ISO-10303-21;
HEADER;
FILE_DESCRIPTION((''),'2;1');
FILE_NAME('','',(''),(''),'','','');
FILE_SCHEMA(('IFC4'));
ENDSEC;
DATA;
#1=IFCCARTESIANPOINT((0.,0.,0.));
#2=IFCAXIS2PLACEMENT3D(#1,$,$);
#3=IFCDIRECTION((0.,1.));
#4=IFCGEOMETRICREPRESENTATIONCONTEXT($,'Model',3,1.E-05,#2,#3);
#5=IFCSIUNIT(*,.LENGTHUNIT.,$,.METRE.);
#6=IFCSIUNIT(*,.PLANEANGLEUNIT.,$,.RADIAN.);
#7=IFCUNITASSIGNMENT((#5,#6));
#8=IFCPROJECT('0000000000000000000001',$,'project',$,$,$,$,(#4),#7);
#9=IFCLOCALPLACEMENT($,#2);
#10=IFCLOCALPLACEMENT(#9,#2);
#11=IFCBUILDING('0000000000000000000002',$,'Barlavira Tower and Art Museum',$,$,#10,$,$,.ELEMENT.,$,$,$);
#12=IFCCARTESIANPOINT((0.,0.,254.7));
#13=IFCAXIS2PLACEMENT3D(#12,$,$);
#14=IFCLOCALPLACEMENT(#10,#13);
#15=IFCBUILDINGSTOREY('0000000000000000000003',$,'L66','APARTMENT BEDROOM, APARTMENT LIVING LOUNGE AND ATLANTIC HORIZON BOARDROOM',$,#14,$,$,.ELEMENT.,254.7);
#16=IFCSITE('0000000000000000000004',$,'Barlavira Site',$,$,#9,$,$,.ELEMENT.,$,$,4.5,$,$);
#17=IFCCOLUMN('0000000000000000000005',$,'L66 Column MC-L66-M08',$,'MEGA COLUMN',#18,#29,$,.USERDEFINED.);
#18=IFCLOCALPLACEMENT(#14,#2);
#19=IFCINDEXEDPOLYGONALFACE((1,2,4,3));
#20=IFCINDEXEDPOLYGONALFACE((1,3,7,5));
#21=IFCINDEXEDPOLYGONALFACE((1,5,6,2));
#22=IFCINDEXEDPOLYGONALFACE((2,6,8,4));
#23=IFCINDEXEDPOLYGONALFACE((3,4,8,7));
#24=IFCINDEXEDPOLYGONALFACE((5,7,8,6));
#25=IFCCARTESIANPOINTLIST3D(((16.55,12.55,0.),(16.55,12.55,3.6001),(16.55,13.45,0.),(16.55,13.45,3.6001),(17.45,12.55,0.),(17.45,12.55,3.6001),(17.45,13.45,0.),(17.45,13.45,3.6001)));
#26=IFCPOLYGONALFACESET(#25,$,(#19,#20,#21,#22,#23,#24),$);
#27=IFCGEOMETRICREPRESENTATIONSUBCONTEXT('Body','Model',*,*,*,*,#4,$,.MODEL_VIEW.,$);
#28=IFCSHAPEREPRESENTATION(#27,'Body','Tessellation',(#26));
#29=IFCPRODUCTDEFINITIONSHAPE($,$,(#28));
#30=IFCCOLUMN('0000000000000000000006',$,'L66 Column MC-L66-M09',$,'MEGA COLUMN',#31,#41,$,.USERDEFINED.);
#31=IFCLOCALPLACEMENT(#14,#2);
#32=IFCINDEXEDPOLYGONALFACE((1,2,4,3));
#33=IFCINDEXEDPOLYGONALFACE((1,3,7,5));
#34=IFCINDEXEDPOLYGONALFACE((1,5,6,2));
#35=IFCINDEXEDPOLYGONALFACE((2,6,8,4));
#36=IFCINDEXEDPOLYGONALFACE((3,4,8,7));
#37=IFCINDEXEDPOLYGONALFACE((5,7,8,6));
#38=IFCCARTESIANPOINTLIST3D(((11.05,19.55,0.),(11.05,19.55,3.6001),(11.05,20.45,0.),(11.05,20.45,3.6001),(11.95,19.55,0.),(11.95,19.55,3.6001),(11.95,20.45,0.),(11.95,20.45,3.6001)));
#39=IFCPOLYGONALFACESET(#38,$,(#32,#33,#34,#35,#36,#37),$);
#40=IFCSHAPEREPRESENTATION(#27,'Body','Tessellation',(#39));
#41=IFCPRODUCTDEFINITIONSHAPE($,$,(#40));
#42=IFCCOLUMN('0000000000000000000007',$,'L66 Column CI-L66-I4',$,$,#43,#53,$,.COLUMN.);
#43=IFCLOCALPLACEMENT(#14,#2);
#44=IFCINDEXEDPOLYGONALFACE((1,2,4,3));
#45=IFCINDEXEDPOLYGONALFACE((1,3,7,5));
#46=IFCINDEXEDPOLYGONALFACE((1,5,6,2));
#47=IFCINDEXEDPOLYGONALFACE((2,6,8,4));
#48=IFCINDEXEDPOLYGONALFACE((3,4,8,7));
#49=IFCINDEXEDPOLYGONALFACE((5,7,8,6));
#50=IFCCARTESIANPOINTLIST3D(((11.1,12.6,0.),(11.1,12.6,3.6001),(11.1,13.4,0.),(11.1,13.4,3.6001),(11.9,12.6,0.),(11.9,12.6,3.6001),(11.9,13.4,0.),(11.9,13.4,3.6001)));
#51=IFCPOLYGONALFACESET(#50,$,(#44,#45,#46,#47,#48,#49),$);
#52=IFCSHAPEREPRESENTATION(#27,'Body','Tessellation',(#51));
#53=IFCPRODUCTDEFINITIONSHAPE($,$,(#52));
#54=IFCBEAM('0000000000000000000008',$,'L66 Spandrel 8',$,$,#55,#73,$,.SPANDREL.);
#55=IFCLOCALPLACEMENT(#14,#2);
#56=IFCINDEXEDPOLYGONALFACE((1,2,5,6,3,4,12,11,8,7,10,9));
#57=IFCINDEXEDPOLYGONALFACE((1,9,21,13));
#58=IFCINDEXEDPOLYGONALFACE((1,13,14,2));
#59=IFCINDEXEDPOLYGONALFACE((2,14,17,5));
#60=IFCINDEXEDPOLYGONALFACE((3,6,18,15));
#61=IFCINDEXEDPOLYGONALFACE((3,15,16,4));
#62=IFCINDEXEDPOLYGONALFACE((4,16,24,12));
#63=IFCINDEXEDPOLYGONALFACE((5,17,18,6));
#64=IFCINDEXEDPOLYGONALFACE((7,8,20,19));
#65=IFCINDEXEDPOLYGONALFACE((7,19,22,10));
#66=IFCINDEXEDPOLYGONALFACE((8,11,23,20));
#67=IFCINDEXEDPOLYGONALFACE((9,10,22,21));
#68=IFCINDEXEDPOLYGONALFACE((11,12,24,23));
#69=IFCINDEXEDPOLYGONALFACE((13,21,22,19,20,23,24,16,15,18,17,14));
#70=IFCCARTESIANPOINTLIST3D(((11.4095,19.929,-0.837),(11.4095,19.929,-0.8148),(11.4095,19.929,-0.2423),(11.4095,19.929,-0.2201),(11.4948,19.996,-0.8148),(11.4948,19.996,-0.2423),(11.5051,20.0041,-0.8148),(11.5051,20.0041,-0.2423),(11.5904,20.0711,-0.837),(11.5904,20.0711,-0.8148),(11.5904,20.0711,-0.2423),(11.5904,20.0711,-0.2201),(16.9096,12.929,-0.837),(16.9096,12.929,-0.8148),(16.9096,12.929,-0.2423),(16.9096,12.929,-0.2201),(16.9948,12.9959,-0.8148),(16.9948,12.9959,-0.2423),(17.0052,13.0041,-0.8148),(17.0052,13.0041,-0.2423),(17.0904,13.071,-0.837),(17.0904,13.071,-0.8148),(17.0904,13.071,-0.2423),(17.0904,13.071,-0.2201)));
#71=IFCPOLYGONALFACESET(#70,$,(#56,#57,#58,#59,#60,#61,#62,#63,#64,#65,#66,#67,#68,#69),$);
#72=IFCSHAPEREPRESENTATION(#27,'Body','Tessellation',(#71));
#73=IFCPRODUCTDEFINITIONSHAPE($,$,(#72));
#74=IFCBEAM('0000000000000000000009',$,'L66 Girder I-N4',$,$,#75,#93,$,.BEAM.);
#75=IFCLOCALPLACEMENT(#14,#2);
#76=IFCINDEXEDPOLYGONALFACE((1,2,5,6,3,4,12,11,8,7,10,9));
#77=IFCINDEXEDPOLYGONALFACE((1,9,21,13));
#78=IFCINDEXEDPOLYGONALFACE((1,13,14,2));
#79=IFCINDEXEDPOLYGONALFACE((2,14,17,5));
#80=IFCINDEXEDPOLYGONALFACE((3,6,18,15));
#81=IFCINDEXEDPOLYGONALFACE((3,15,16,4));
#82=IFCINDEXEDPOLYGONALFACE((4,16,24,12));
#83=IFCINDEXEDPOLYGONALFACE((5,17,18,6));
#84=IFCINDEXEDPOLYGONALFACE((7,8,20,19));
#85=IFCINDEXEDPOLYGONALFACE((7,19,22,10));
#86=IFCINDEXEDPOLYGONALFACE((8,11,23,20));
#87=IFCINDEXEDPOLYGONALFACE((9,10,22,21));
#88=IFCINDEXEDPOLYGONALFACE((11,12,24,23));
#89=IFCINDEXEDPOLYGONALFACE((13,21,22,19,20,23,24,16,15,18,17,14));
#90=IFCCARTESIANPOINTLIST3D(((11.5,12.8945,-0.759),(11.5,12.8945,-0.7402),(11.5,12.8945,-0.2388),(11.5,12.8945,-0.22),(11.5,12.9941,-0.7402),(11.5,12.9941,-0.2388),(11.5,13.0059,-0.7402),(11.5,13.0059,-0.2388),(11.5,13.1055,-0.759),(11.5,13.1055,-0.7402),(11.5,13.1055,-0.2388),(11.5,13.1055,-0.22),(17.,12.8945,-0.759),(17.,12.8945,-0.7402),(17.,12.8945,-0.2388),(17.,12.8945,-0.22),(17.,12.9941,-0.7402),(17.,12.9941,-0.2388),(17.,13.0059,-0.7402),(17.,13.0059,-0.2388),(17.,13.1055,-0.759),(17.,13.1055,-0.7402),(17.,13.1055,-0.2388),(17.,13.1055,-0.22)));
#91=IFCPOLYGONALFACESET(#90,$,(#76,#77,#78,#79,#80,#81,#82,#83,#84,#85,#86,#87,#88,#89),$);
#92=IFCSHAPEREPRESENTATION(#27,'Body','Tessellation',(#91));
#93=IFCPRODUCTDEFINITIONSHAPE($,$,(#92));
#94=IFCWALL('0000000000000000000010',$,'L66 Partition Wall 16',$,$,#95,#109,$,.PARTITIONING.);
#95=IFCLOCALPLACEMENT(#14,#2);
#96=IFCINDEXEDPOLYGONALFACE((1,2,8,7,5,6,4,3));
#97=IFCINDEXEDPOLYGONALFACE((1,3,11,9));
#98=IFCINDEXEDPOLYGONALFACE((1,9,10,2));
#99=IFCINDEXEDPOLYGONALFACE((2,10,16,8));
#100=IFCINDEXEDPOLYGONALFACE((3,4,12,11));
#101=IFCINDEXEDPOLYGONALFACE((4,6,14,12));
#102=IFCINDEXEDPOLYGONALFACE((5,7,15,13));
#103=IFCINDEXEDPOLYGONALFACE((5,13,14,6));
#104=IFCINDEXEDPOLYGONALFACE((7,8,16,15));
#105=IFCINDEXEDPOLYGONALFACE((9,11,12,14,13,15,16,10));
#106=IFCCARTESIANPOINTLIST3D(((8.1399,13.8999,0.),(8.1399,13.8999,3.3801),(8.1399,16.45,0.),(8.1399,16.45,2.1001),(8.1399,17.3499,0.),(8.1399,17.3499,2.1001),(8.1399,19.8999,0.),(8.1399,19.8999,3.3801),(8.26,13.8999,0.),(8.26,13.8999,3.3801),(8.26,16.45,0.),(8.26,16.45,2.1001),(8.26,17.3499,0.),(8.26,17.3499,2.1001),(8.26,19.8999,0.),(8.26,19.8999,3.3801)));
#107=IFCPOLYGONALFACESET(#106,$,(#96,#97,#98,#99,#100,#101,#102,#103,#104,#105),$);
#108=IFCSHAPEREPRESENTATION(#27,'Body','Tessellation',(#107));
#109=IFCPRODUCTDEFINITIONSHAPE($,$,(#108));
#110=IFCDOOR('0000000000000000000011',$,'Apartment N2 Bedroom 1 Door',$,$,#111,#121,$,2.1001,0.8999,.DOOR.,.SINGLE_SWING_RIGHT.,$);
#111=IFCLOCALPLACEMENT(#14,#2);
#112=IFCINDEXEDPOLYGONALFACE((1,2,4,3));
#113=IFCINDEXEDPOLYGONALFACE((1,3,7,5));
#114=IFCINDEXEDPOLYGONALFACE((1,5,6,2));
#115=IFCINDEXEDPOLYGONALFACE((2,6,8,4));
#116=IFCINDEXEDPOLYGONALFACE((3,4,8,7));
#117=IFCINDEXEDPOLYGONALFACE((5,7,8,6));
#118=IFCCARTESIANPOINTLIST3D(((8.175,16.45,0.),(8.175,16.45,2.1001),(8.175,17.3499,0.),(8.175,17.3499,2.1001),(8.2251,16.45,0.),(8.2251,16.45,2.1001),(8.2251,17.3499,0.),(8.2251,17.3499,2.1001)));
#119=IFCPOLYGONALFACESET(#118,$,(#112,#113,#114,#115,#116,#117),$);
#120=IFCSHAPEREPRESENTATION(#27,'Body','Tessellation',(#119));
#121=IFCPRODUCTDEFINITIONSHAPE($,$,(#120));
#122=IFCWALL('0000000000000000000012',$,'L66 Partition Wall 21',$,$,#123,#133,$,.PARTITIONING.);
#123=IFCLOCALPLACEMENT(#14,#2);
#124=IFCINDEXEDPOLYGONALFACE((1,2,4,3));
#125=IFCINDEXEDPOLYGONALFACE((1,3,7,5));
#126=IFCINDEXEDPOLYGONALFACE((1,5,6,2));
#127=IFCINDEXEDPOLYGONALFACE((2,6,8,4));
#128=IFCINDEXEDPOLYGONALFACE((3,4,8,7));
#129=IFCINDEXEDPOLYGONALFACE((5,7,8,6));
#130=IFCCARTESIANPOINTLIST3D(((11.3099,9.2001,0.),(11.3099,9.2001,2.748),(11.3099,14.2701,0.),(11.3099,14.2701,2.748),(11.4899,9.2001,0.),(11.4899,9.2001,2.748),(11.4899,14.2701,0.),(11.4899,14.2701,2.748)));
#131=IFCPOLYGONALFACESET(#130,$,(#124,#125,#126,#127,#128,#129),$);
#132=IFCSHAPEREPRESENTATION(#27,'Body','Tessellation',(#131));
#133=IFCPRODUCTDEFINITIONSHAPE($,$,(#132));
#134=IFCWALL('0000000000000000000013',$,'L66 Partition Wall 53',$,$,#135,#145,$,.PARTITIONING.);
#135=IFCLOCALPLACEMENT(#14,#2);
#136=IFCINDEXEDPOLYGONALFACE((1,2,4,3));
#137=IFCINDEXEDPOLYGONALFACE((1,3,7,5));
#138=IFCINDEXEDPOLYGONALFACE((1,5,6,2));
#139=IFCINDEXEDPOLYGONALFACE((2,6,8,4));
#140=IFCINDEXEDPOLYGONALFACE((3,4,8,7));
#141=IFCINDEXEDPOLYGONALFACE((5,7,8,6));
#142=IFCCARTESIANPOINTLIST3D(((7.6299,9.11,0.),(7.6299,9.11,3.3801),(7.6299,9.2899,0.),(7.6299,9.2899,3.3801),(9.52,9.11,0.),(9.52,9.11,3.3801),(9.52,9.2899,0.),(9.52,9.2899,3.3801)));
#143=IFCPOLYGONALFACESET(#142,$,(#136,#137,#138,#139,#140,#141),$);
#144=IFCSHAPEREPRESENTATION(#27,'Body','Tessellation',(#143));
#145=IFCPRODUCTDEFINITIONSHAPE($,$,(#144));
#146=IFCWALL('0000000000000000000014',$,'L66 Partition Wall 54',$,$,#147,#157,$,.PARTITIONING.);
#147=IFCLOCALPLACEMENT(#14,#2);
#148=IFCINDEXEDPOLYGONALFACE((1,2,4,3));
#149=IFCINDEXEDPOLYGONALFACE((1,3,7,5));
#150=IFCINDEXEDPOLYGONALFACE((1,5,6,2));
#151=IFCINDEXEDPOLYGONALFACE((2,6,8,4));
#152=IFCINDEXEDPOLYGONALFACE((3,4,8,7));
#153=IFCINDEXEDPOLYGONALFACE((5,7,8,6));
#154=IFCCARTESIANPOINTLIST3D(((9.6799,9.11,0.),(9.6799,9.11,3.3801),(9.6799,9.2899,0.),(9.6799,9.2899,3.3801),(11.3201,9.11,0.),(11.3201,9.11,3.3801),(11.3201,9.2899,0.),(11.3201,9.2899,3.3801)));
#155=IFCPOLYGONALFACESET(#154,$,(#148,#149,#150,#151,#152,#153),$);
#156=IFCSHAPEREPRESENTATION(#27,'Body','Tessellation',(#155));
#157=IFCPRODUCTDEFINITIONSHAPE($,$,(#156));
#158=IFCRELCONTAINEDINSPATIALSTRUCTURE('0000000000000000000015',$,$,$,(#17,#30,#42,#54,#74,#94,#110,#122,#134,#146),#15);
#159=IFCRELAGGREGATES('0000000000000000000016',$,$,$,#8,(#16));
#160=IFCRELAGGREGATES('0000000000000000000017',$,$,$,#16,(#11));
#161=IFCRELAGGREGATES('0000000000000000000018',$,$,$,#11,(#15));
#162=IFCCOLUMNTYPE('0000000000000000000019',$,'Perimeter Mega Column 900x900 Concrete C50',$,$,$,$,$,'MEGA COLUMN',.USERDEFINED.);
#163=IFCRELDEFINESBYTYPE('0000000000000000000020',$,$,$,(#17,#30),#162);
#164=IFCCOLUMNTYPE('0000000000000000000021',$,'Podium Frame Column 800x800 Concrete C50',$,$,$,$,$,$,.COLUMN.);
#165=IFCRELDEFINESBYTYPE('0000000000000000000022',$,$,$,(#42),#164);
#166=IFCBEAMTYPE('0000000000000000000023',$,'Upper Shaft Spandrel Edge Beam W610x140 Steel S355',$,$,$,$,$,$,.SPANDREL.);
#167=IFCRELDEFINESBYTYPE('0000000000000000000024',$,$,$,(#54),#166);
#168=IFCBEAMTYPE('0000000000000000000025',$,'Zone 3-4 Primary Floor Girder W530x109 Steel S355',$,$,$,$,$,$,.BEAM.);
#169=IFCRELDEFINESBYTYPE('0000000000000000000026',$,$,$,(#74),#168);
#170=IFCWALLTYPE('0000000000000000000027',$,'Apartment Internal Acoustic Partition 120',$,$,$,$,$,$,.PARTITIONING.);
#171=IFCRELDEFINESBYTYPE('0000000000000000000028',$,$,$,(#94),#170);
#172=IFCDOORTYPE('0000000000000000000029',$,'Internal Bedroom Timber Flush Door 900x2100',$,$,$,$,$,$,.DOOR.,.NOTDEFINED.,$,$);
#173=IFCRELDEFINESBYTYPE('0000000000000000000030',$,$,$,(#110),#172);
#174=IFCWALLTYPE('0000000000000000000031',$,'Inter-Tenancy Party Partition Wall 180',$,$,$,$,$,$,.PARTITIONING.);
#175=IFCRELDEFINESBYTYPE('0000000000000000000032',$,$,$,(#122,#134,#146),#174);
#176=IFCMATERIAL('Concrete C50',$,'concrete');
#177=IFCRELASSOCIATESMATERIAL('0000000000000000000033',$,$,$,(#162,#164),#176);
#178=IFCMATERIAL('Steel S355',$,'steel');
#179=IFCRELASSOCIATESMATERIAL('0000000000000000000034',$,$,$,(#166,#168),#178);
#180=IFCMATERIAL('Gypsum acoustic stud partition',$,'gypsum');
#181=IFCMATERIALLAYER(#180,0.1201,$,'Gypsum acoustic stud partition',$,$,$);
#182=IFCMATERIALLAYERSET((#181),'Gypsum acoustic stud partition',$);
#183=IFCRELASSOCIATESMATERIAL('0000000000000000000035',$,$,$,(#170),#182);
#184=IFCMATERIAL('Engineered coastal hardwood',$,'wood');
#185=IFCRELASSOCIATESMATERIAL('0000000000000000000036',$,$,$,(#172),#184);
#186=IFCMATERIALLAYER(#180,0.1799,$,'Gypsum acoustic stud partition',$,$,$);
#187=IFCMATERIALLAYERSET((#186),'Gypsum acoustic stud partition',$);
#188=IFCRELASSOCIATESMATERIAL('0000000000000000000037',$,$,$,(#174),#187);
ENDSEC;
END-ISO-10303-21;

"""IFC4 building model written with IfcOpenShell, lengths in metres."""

from ifc_helpers import new_model, si_unit, direction, frame, frame_2d, origin, origin_2d, place, context, subcontext, project, spatial, rectangle, i_section, extrude, material, layer, layer_set, material_profile, profile_set, type_object, element, fill, save


model = new_model("IFC4")

# Units and contexts
model_context = context("Model", 3, precision=1e-05, world=origin(), true_north=direction((0.0, 1.0)))
body_context = subcontext(model_context, "Body", "Model", "MODEL_VIEW")
ifc_project = project(units=[si_unit("LENGTHUNIT", "METRE"), si_unit("PLANEANGLEUNIT", "RADIAN")], contexts=[model_context])

# Site, building, storey
site_placement = place(None, origin())
site = spatial("IfcSite", under=ifc_project, at=site_placement, Name="Barlavira Site", CompositionType="ELEMENT", RefElevation=4.5)
building_placement = place(site_placement, origin())
building = spatial("IfcBuilding", under=site, at=building_placement, Name="Barlavira Tower and Art Museum", CompositionType="ELEMENT")
storey_placement = place(building_placement, frame((0.0, 0.0, 254.7)))
storey = spatial("IfcBuildingStorey", under=building, at=storey_placement, Name="L66", Description="APARTMENT BEDROOM, APARTMENT LIVING LOUNGE AND ATLANTIC HORIZON BOARDROOM", CompositionType="ELEMENT", Elevation=254.7)

# Columns
ifc_material_1 = material(Name="Concrete C50", Category="concrete")
ifc_material_profile_1 = material_profile(ifc_material_1, rectangle(XDim=0.8999, YDim=0.8999, at=origin_2d()), Name="RC-COL 900x900")
ifc_profile_set_1 = profile_set([ifc_material_profile_1], Name="Concrete C50")
column_type_1 = type_object("IfcColumnType", Name="Perimeter Mega Column 900x900 Concrete C50", ElementType="MEGA COLUMN", PredefinedType="USERDEFINED", material=ifc_profile_set_1)
for number, where, z_axis, x_axis, name in (
    (1, (17.0, 13.0, 0.0), (0.0, 0.0, 1.0), (1.0, 0.0, 0.0), "L66 Column MC-L66-M08"),
    (2, (11.5, 20.0, 0.0), (0.0, 0.0, 1.0), (1.0, 0.0, 0.0), "L66 Column MC-L66-M09"),
):
    element("IfcColumn", number, at=place(storey_placement, frame(where, z_axis=z_axis, x_axis=x_axis)), inside=storey, type_object=column_type_1, Name=name, ObjectType="MEGA COLUMN", PredefinedType="USERDEFINED", context=body_context, shape_type="SweptSolid", body=[
        extrude(rectangle(XDim=0.8999, YDim=0.8999, at=origin_2d()), origin(), (0.0, 0.0, 1.0), 3.6001),
    ])
ifc_material_profile_2 = material_profile(ifc_material_1, rectangle(XDim=0.8, YDim=0.8, at=origin_2d()), Name="RC-COL 800x800")
ifc_profile_set_2 = profile_set([ifc_material_profile_2], Name="Concrete C50")
column_type_2 = type_object("IfcColumnType", Name="Podium Frame Column 800x800 Concrete C50", PredefinedType="COLUMN", material=ifc_profile_set_2)
column_placement = place(storey_placement, frame((11.5, 13.0, 0.0), z_axis=(0.0, 0.0, 1.0), x_axis=(1.0, 0.0, 0.0)))
element("IfcColumn", 3, at=column_placement, inside=storey, type_object=column_type_2, Name="L66 Column CI-L66-I4", PredefinedType="COLUMN", context=body_context, shape_type="SweptSolid", body=[
    extrude(rectangle(XDim=0.8, YDim=0.8, at=origin_2d()), origin(), (0.0, 0.0, 1.0), 3.6001),
])

# Beams
ifc_material_2 = material(Name="Steel S355", Category="steel")
ifc_material_profile_3 = material_profile(ifc_material_2, i_section(OverallWidth=0.23, OverallDepth=0.6169, WebThickness=0.0132, FlangeThickness=0.0222, at=origin_2d()), Name="W610x140.0")
ifc_profile_set_3 = profile_set([ifc_material_profile_3], Name="Steel S355")
beam_type_1 = type_object("IfcBeamType", Name="Upper Shaft Spandrel Edge Beam W610x140 Steel S355", PredefinedType="SPANDREL", material=ifc_profile_set_3)
beam_1_placement = place(storey_placement, frame((17.0, 13.0, -0.5286), z_axis=(-0.617822, 0.786318, 0.0), x_axis=(-0.786318, -0.617822, 0.0)))
element("IfcBeam", 4, at=beam_1_placement, inside=storey, type_object=beam_type_1, Name="L66 Spandrel 8", PredefinedType="SPANDREL", context=body_context, shape_type="SweptSolid", body=[
    extrude(i_section(OverallWidth=0.23, OverallDepth=0.6169, WebThickness=0.0132, FlangeThickness=0.0222, at=origin_2d()), origin(), (0.0, 0.0, 1.0), 8.9023),
])
ifc_material_profile_4 = material_profile(ifc_material_2, i_section(OverallWidth=0.2109, OverallDepth=0.5391, WebThickness=0.0117, FlangeThickness=0.0188, at=origin_2d()), Name="W530x109.0")
ifc_profile_set_4 = profile_set([ifc_material_profile_4], Name="Steel S355")
beam_type_2 = type_object("IfcBeamType", Name="Zone 3-4 Primary Floor Girder W530x109 Steel S355", PredefinedType="BEAM", material=ifc_profile_set_4)
beam_2_placement = place(storey_placement, frame((11.5, 13.0, -0.4895), z_axis=(1.0, 0.0, 0.0), x_axis=(0.0, 1.0, 0.0)))
element("IfcBeam", 5, at=beam_2_placement, inside=storey, type_object=beam_type_2, Name="L66 Girder I-N4", PredefinedType="BEAM", context=body_context, shape_type="SweptSolid", body=[
    extrude(i_section(OverallWidth=0.2109, OverallDepth=0.5391, WebThickness=0.0117, FlangeThickness=0.0188, at=origin_2d()), origin(), (0.0, 0.0, 1.0), 5.5),
])

# Wall, opening, door
ifc_material_3 = material(Name="Gypsum acoustic stud partition", Category="gypsum")
ifc_layer_1 = layer(ifc_material_3, 0.1201, Name="Gypsum acoustic stud partition")
ifc_layer_set_1 = layer_set([ifc_layer_1], Name="Gypsum acoustic stud partition")
wall_type_1 = type_object("IfcWallType", Name="Apartment Internal Acoustic Partition 120", PredefinedType="PARTITIONING", material=ifc_layer_set_1)
wall_1_placement = place(storey_placement, frame((8.2, 13.8999, 0.0), z_axis=(0.0, 0.0, 1.0), x_axis=(0.0, 1.0, 0.0)))
wall_1 = element("IfcWall", 6, at=wall_1_placement, inside=storey, type_object=wall_type_1, Name="L66 Partition Wall 16", PredefinedType="PARTITIONING", context=body_context, shape_type="SweptSolid", body=[
    extrude(rectangle(XDim=6.0, YDim=0.1201, at=frame_2d((3.0, 0.0))), origin(), (0.0, 0.0, 1.0), 3.3801),
])
opening_1_placement = place(wall_1_placement, frame((2.55, 0.0, 0.0)))
opening_1 = element("IfcOpeningElement", 7, at=opening_1_placement, cuts=wall_1, PredefinedType="OPENING", context=body_context, shape_type="SweptSolid", body=[
    extrude(rectangle(XDim=0.8999, YDim=2.1001, at=frame_2d((0.45, 1.05))), frame((0.0, 0.0701, 0.0), z_axis=(0.0, -1.0, 0.0), x_axis=(1.0, 0.0, 0.0)), (0.0, 0.0, 1.0), 0.1401),
])
ifc_material_4 = material(Name="Engineered coastal hardwood", Category="wood")
door_type_1 = type_object("IfcDoorType", Name="Internal Bedroom Timber Flush Door 900x2100", OperationType="NOTDEFINED", PredefinedType="DOOR", material=ifc_material_4)
door_1_placement = place(opening_1_placement, origin())
door_1 = element("IfcDoor", 8, at=door_1_placement, inside=storey, type_object=door_type_1, Name="Apartment N2 Bedroom 1 Door", OperationType="SINGLE_SWING_RIGHT", OverallHeight=2.1001, OverallWidth=0.8999, PredefinedType="DOOR", context=body_context, shape_type="SweptSolid", body=[
    extrude(rectangle(XDim=0.8999, YDim=2.1001, at=frame_2d((0.45, 1.05))), frame((0.0, 0.0249, 0.0), z_axis=(0.0, -1.0, 0.0), x_axis=(1.0, 0.0, 0.0)), (0.0, 0.0, 1.0), 0.05),
])
fill(opening_1, door_1)

# Walls
ifc_layer_2 = layer(ifc_material_3, 0.1799, Name="Gypsum acoustic stud partition")
ifc_layer_set_2 = layer_set([ifc_layer_2], Name="Gypsum acoustic stud partition")
wall_type_2 = type_object("IfcWallType", Name="Inter-Tenancy Party Partition Wall 180", PredefinedType="PARTITIONING", material=ifc_layer_set_2)
wall_2_placement = place(storey_placement, frame((11.3999, 9.2, 0.0), z_axis=(0.0, 0.0, 1.0), x_axis=(0.0, 1.0, 0.0)))
element("IfcWall", 9, at=wall_2_placement, inside=storey, type_object=wall_type_2, Name="L66 Partition Wall 21", PredefinedType="PARTITIONING", context=body_context, shape_type="SweptSolid", body=[
    extrude(rectangle(XDim=5.0701, YDim=0.1799, at=frame_2d((2.5352, 0.0))), origin(), (0.0, 0.0, 1.0), 2.748),
])
wall_3_placement = place(storey_placement, frame((7.6299, 9.2, 0.0), z_axis=(0.0, 0.0, 1.0), x_axis=(1.0, 0.0, 0.0)))
element("IfcWall", 10, at=wall_3_placement, inside=storey, type_object=wall_type_2, Name="L66 Partition Wall 53", PredefinedType="PARTITIONING", context=body_context, shape_type="SweptSolid", body=[
    extrude(rectangle(XDim=1.8901, YDim=0.1799, at=frame_2d((0.9451, 0.0))), origin(), (0.0, 0.0, 1.0), 3.3801),
])
wall_4_placement = place(storey_placement, frame((9.6799, 9.2, 0.0), z_axis=(0.0, 0.0, 1.0), x_axis=(1.0, 0.0, 0.0)))
element("IfcWall", 11, at=wall_4_placement, inside=storey, type_object=wall_type_2, Name="L66 Partition Wall 54", PredefinedType="PARTITIONING", context=body_context, shape_type="SweptSolid", body=[
    extrude(rectangle(XDim=1.6401, YDim=0.1799, at=frame_2d((0.8201, 0.0))), origin(), (0.0, 0.0, 1.0), 3.3801),
])

save(model, "model.ifc")
